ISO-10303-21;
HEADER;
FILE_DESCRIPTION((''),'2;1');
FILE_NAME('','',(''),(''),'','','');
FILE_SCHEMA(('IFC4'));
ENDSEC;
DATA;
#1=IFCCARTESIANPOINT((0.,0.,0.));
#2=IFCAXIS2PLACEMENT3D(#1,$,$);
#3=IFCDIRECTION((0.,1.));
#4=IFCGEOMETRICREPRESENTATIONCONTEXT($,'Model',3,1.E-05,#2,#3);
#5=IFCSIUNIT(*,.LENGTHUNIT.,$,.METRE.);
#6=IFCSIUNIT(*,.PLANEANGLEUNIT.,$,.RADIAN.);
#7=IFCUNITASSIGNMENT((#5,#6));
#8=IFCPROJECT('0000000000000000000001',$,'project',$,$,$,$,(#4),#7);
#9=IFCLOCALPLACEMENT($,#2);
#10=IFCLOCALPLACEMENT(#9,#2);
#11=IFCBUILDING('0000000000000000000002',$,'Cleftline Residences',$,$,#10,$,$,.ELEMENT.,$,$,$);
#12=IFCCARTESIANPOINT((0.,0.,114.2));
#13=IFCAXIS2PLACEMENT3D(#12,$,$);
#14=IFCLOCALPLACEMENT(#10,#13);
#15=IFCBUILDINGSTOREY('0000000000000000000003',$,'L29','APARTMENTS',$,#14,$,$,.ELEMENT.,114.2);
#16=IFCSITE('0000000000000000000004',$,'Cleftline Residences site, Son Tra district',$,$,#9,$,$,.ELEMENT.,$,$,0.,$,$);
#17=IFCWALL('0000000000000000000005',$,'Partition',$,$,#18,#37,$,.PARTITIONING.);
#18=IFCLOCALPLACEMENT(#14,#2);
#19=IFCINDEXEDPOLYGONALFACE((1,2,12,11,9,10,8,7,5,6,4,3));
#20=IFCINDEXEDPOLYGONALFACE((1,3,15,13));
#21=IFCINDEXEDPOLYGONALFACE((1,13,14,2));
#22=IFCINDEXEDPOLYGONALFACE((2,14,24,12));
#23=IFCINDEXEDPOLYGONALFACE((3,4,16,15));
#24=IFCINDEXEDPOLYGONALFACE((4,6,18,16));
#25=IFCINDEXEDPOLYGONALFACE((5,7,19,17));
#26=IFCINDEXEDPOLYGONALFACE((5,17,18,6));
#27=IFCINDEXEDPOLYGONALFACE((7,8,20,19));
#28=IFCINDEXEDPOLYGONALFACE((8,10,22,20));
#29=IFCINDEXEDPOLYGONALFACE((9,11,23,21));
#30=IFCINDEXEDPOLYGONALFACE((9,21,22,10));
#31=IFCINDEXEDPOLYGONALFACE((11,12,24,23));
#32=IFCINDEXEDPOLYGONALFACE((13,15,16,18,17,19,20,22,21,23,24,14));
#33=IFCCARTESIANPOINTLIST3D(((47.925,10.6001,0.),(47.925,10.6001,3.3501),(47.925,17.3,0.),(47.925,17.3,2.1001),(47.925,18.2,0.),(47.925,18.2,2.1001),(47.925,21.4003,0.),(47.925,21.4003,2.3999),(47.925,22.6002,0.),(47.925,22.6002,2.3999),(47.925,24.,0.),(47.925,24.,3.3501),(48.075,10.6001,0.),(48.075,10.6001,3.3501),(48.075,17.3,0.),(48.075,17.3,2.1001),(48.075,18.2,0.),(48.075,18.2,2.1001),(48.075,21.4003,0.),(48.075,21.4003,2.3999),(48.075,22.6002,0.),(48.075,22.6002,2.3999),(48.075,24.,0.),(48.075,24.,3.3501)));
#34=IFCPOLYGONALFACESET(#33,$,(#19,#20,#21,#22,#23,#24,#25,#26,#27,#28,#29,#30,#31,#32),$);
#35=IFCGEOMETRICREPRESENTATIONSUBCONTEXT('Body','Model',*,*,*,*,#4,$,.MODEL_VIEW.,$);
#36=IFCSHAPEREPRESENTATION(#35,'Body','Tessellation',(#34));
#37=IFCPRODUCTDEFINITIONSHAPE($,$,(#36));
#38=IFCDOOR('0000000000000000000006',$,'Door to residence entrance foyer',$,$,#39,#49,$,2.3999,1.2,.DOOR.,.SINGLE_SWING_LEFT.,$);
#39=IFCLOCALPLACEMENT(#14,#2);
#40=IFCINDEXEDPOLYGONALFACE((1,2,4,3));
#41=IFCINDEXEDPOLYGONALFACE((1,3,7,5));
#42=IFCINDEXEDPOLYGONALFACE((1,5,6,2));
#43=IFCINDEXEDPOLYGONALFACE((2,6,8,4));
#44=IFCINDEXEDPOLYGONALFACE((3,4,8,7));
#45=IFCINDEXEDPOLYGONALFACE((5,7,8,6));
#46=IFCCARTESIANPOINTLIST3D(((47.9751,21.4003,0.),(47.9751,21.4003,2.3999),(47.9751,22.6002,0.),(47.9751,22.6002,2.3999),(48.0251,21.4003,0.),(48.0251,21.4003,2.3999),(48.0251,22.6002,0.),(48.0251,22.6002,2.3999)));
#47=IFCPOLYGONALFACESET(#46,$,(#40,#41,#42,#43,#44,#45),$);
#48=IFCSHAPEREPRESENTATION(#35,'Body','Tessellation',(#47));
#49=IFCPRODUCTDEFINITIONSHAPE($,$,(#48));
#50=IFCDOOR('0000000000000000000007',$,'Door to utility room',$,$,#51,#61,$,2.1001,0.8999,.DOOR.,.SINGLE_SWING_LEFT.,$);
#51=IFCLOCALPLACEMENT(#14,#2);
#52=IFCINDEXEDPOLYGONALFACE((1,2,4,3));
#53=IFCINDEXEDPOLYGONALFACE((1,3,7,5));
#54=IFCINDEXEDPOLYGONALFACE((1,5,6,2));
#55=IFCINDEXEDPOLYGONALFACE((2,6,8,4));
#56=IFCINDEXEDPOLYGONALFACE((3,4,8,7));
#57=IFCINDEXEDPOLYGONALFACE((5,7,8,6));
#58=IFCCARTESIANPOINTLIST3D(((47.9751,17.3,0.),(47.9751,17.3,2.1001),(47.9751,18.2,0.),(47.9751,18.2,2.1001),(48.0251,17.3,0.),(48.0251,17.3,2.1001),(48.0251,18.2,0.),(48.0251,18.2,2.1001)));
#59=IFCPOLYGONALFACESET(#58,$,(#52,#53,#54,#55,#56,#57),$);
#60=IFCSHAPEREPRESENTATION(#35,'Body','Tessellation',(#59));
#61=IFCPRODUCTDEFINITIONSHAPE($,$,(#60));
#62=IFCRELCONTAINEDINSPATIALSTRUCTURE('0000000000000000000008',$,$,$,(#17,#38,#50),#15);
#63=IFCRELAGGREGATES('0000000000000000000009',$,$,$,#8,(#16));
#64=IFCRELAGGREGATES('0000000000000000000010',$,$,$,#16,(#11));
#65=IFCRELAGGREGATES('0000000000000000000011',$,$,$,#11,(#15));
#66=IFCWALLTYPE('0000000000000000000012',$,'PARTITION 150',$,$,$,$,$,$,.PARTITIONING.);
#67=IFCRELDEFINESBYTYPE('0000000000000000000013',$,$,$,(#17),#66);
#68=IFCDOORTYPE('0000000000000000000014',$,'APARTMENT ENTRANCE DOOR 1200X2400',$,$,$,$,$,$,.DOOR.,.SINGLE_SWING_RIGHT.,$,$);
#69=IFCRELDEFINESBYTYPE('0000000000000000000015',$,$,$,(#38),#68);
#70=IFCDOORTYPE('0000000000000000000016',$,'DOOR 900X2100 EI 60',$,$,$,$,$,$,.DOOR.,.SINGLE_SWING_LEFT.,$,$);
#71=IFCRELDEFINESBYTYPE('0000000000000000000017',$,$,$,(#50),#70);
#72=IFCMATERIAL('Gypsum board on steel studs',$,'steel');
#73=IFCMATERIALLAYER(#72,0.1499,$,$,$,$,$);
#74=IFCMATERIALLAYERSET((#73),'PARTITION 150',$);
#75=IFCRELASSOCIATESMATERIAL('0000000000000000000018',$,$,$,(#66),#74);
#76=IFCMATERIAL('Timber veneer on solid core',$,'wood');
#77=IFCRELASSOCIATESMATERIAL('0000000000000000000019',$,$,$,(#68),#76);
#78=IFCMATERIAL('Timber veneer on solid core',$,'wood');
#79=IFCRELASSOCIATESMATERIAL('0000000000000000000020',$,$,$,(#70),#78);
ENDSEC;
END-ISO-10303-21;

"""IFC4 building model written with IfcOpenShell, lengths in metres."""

from ifc_helpers import new_model, si_unit, direction, frame, frame_2d, origin, place, context, subcontext, project, spatial, rectangle, extrude, material, layer, layer_set, type_object, element, fill, save


model = new_model("IFC4")

# Units and contexts
model_context = context("Model", 3, precision=1e-05, world=origin(), true_north=direction((0.0, 1.0)))
body_context = subcontext(model_context, "Body", "Model", "MODEL_VIEW")
ifc_project = project(units=[si_unit("LENGTHUNIT", "METRE"), si_unit("PLANEANGLEUNIT", "RADIAN")], contexts=[model_context])

# Site, building, storey
site_placement = place(None, origin())
site = spatial("IfcSite", under=ifc_project, at=site_placement, Name="Cleftline Residences site, Son Tra district", CompositionType="ELEMENT", RefElevation=0.0)
building_placement = place(site_placement, origin())
building = spatial("IfcBuilding", under=site, at=building_placement, Name="Cleftline Residences", CompositionType="ELEMENT")
storey_placement = place(building_placement, frame((0.0, 0.0, 114.2)))
storey = spatial("IfcBuildingStorey", under=building, at=storey_placement, Name="L29", Description="APARTMENTS", CompositionType="ELEMENT", Elevation=114.2)

# Shared definitions
ifc_material_1 = material(Name="Gypsum board on steel studs", Category="steel")
ifc_layer_1 = layer(ifc_material_1, 0.1499)
ifc_layer_set_1 = layer_set([ifc_layer_1], Name="PARTITION 150")
wall_type_1 = type_object("IfcWallType", Name="PARTITION 150", PredefinedType="PARTITIONING", material=ifc_layer_set_1)

# Wall, openings, doors
wall_1_placement = place(storey_placement, frame((48.0, 10.6001, 0.0), z_axis=(0.0, 0.0, 1.0), x_axis=(0.0, 1.0, 0.0)))
wall_1 = element("IfcWall", 1, at=wall_1_placement, inside=storey, type_object=wall_type_1, Name="Partition", PredefinedType="PARTITIONING", context=body_context, shape_type="SweptSolid", body=[
    extrude(rectangle(XDim=13.3999, YDim=0.1499, at=frame_2d((6.7, 0.0))), origin(), (0.0, 0.0, 1.0), 3.3501),
])
opening_1_placement = place(wall_1_placement, frame((10.8, 0.0, 0.0)))
opening_1 = element("IfcOpeningElement", 2, at=opening_1_placement, cuts=wall_1, PredefinedType="OPENING", context=body_context, shape_type="SweptSolid", body=[
    extrude(rectangle(XDim=1.2, YDim=2.3999, at=frame_2d((0.6001, 1.2))), frame((0.0, 0.085, 0.0), z_axis=(0.0, -1.0, 0.0), x_axis=(1.0, 0.0, 0.0)), (0.0, 0.0, 1.0), 0.1699),
])
opening_2_placement = place(wall_1_placement, frame((6.7, 0.0, 0.0)))
opening_2 = element("IfcOpeningElement", 3, at=opening_2_placement, cuts=wall_1, PredefinedType="OPENING", context=body_context, shape_type="SweptSolid", body=[
    extrude(rectangle(XDim=0.8999, YDim=2.1001, at=frame_2d((0.45, 1.05))), frame((0.0, 0.085, 0.0), z_axis=(0.0, -1.0, 0.0), x_axis=(1.0, 0.0, 0.0)), (0.0, 0.0, 1.0), 0.1699),
])
ifc_material_2 = material(Name="Timber veneer on solid core", Category="wood")
door_type_1 = type_object("IfcDoorType", Name="APARTMENT ENTRANCE DOOR 1200X2400", OperationType="SINGLE_SWING_RIGHT", PredefinedType="DOOR", material=ifc_material_2)
door_1_placement = place(opening_1_placement, origin())
door_1 = element("IfcDoor", 4, at=door_1_placement, inside=storey, type_object=door_type_1, Name="Door to residence entrance foyer", OperationType="SINGLE_SWING_LEFT", OverallHeight=2.3999, OverallWidth=1.2, PredefinedType="DOOR", context=body_context, shape_type="SweptSolid", body=[
    extrude(rectangle(XDim=1.2, YDim=2.3999, at=frame_2d((0.6001, 1.2))), frame((0.0, 0.0249, 0.0), z_axis=(0.0, -1.0, 0.0), x_axis=(1.0, 0.0, 0.0)), (0.0, 0.0, 1.0), 0.05),
])
fill(opening_1, door_1)
ifc_material_3 = material(Name="Timber veneer on solid core", Category="wood")
door_type_2 = type_object("IfcDoorType", Name="DOOR 900X2100 EI 60", OperationType="SINGLE_SWING_LEFT", PredefinedType="DOOR", material=ifc_material_3)
door_2_placement = place(opening_2_placement, origin())
door_2 = element("IfcDoor", 5, at=door_2_placement, inside=storey, type_object=door_type_2, Name="Door to utility room", OperationType="SINGLE_SWING_LEFT", OverallHeight=2.1001, OverallWidth=0.8999, PredefinedType="DOOR", context=body_context, shape_type="SweptSolid", body=[
    extrude(rectangle(XDim=0.8999, YDim=2.1001, at=frame_2d((0.45, 1.05))), frame((0.0, 0.0249, 0.0), z_axis=(0.0, -1.0, 0.0), x_axis=(1.0, 0.0, 0.0)), (0.0, 0.0, 1.0), 0.05),
])
fill(opening_2, door_2)

save(model, "model.ifc")
